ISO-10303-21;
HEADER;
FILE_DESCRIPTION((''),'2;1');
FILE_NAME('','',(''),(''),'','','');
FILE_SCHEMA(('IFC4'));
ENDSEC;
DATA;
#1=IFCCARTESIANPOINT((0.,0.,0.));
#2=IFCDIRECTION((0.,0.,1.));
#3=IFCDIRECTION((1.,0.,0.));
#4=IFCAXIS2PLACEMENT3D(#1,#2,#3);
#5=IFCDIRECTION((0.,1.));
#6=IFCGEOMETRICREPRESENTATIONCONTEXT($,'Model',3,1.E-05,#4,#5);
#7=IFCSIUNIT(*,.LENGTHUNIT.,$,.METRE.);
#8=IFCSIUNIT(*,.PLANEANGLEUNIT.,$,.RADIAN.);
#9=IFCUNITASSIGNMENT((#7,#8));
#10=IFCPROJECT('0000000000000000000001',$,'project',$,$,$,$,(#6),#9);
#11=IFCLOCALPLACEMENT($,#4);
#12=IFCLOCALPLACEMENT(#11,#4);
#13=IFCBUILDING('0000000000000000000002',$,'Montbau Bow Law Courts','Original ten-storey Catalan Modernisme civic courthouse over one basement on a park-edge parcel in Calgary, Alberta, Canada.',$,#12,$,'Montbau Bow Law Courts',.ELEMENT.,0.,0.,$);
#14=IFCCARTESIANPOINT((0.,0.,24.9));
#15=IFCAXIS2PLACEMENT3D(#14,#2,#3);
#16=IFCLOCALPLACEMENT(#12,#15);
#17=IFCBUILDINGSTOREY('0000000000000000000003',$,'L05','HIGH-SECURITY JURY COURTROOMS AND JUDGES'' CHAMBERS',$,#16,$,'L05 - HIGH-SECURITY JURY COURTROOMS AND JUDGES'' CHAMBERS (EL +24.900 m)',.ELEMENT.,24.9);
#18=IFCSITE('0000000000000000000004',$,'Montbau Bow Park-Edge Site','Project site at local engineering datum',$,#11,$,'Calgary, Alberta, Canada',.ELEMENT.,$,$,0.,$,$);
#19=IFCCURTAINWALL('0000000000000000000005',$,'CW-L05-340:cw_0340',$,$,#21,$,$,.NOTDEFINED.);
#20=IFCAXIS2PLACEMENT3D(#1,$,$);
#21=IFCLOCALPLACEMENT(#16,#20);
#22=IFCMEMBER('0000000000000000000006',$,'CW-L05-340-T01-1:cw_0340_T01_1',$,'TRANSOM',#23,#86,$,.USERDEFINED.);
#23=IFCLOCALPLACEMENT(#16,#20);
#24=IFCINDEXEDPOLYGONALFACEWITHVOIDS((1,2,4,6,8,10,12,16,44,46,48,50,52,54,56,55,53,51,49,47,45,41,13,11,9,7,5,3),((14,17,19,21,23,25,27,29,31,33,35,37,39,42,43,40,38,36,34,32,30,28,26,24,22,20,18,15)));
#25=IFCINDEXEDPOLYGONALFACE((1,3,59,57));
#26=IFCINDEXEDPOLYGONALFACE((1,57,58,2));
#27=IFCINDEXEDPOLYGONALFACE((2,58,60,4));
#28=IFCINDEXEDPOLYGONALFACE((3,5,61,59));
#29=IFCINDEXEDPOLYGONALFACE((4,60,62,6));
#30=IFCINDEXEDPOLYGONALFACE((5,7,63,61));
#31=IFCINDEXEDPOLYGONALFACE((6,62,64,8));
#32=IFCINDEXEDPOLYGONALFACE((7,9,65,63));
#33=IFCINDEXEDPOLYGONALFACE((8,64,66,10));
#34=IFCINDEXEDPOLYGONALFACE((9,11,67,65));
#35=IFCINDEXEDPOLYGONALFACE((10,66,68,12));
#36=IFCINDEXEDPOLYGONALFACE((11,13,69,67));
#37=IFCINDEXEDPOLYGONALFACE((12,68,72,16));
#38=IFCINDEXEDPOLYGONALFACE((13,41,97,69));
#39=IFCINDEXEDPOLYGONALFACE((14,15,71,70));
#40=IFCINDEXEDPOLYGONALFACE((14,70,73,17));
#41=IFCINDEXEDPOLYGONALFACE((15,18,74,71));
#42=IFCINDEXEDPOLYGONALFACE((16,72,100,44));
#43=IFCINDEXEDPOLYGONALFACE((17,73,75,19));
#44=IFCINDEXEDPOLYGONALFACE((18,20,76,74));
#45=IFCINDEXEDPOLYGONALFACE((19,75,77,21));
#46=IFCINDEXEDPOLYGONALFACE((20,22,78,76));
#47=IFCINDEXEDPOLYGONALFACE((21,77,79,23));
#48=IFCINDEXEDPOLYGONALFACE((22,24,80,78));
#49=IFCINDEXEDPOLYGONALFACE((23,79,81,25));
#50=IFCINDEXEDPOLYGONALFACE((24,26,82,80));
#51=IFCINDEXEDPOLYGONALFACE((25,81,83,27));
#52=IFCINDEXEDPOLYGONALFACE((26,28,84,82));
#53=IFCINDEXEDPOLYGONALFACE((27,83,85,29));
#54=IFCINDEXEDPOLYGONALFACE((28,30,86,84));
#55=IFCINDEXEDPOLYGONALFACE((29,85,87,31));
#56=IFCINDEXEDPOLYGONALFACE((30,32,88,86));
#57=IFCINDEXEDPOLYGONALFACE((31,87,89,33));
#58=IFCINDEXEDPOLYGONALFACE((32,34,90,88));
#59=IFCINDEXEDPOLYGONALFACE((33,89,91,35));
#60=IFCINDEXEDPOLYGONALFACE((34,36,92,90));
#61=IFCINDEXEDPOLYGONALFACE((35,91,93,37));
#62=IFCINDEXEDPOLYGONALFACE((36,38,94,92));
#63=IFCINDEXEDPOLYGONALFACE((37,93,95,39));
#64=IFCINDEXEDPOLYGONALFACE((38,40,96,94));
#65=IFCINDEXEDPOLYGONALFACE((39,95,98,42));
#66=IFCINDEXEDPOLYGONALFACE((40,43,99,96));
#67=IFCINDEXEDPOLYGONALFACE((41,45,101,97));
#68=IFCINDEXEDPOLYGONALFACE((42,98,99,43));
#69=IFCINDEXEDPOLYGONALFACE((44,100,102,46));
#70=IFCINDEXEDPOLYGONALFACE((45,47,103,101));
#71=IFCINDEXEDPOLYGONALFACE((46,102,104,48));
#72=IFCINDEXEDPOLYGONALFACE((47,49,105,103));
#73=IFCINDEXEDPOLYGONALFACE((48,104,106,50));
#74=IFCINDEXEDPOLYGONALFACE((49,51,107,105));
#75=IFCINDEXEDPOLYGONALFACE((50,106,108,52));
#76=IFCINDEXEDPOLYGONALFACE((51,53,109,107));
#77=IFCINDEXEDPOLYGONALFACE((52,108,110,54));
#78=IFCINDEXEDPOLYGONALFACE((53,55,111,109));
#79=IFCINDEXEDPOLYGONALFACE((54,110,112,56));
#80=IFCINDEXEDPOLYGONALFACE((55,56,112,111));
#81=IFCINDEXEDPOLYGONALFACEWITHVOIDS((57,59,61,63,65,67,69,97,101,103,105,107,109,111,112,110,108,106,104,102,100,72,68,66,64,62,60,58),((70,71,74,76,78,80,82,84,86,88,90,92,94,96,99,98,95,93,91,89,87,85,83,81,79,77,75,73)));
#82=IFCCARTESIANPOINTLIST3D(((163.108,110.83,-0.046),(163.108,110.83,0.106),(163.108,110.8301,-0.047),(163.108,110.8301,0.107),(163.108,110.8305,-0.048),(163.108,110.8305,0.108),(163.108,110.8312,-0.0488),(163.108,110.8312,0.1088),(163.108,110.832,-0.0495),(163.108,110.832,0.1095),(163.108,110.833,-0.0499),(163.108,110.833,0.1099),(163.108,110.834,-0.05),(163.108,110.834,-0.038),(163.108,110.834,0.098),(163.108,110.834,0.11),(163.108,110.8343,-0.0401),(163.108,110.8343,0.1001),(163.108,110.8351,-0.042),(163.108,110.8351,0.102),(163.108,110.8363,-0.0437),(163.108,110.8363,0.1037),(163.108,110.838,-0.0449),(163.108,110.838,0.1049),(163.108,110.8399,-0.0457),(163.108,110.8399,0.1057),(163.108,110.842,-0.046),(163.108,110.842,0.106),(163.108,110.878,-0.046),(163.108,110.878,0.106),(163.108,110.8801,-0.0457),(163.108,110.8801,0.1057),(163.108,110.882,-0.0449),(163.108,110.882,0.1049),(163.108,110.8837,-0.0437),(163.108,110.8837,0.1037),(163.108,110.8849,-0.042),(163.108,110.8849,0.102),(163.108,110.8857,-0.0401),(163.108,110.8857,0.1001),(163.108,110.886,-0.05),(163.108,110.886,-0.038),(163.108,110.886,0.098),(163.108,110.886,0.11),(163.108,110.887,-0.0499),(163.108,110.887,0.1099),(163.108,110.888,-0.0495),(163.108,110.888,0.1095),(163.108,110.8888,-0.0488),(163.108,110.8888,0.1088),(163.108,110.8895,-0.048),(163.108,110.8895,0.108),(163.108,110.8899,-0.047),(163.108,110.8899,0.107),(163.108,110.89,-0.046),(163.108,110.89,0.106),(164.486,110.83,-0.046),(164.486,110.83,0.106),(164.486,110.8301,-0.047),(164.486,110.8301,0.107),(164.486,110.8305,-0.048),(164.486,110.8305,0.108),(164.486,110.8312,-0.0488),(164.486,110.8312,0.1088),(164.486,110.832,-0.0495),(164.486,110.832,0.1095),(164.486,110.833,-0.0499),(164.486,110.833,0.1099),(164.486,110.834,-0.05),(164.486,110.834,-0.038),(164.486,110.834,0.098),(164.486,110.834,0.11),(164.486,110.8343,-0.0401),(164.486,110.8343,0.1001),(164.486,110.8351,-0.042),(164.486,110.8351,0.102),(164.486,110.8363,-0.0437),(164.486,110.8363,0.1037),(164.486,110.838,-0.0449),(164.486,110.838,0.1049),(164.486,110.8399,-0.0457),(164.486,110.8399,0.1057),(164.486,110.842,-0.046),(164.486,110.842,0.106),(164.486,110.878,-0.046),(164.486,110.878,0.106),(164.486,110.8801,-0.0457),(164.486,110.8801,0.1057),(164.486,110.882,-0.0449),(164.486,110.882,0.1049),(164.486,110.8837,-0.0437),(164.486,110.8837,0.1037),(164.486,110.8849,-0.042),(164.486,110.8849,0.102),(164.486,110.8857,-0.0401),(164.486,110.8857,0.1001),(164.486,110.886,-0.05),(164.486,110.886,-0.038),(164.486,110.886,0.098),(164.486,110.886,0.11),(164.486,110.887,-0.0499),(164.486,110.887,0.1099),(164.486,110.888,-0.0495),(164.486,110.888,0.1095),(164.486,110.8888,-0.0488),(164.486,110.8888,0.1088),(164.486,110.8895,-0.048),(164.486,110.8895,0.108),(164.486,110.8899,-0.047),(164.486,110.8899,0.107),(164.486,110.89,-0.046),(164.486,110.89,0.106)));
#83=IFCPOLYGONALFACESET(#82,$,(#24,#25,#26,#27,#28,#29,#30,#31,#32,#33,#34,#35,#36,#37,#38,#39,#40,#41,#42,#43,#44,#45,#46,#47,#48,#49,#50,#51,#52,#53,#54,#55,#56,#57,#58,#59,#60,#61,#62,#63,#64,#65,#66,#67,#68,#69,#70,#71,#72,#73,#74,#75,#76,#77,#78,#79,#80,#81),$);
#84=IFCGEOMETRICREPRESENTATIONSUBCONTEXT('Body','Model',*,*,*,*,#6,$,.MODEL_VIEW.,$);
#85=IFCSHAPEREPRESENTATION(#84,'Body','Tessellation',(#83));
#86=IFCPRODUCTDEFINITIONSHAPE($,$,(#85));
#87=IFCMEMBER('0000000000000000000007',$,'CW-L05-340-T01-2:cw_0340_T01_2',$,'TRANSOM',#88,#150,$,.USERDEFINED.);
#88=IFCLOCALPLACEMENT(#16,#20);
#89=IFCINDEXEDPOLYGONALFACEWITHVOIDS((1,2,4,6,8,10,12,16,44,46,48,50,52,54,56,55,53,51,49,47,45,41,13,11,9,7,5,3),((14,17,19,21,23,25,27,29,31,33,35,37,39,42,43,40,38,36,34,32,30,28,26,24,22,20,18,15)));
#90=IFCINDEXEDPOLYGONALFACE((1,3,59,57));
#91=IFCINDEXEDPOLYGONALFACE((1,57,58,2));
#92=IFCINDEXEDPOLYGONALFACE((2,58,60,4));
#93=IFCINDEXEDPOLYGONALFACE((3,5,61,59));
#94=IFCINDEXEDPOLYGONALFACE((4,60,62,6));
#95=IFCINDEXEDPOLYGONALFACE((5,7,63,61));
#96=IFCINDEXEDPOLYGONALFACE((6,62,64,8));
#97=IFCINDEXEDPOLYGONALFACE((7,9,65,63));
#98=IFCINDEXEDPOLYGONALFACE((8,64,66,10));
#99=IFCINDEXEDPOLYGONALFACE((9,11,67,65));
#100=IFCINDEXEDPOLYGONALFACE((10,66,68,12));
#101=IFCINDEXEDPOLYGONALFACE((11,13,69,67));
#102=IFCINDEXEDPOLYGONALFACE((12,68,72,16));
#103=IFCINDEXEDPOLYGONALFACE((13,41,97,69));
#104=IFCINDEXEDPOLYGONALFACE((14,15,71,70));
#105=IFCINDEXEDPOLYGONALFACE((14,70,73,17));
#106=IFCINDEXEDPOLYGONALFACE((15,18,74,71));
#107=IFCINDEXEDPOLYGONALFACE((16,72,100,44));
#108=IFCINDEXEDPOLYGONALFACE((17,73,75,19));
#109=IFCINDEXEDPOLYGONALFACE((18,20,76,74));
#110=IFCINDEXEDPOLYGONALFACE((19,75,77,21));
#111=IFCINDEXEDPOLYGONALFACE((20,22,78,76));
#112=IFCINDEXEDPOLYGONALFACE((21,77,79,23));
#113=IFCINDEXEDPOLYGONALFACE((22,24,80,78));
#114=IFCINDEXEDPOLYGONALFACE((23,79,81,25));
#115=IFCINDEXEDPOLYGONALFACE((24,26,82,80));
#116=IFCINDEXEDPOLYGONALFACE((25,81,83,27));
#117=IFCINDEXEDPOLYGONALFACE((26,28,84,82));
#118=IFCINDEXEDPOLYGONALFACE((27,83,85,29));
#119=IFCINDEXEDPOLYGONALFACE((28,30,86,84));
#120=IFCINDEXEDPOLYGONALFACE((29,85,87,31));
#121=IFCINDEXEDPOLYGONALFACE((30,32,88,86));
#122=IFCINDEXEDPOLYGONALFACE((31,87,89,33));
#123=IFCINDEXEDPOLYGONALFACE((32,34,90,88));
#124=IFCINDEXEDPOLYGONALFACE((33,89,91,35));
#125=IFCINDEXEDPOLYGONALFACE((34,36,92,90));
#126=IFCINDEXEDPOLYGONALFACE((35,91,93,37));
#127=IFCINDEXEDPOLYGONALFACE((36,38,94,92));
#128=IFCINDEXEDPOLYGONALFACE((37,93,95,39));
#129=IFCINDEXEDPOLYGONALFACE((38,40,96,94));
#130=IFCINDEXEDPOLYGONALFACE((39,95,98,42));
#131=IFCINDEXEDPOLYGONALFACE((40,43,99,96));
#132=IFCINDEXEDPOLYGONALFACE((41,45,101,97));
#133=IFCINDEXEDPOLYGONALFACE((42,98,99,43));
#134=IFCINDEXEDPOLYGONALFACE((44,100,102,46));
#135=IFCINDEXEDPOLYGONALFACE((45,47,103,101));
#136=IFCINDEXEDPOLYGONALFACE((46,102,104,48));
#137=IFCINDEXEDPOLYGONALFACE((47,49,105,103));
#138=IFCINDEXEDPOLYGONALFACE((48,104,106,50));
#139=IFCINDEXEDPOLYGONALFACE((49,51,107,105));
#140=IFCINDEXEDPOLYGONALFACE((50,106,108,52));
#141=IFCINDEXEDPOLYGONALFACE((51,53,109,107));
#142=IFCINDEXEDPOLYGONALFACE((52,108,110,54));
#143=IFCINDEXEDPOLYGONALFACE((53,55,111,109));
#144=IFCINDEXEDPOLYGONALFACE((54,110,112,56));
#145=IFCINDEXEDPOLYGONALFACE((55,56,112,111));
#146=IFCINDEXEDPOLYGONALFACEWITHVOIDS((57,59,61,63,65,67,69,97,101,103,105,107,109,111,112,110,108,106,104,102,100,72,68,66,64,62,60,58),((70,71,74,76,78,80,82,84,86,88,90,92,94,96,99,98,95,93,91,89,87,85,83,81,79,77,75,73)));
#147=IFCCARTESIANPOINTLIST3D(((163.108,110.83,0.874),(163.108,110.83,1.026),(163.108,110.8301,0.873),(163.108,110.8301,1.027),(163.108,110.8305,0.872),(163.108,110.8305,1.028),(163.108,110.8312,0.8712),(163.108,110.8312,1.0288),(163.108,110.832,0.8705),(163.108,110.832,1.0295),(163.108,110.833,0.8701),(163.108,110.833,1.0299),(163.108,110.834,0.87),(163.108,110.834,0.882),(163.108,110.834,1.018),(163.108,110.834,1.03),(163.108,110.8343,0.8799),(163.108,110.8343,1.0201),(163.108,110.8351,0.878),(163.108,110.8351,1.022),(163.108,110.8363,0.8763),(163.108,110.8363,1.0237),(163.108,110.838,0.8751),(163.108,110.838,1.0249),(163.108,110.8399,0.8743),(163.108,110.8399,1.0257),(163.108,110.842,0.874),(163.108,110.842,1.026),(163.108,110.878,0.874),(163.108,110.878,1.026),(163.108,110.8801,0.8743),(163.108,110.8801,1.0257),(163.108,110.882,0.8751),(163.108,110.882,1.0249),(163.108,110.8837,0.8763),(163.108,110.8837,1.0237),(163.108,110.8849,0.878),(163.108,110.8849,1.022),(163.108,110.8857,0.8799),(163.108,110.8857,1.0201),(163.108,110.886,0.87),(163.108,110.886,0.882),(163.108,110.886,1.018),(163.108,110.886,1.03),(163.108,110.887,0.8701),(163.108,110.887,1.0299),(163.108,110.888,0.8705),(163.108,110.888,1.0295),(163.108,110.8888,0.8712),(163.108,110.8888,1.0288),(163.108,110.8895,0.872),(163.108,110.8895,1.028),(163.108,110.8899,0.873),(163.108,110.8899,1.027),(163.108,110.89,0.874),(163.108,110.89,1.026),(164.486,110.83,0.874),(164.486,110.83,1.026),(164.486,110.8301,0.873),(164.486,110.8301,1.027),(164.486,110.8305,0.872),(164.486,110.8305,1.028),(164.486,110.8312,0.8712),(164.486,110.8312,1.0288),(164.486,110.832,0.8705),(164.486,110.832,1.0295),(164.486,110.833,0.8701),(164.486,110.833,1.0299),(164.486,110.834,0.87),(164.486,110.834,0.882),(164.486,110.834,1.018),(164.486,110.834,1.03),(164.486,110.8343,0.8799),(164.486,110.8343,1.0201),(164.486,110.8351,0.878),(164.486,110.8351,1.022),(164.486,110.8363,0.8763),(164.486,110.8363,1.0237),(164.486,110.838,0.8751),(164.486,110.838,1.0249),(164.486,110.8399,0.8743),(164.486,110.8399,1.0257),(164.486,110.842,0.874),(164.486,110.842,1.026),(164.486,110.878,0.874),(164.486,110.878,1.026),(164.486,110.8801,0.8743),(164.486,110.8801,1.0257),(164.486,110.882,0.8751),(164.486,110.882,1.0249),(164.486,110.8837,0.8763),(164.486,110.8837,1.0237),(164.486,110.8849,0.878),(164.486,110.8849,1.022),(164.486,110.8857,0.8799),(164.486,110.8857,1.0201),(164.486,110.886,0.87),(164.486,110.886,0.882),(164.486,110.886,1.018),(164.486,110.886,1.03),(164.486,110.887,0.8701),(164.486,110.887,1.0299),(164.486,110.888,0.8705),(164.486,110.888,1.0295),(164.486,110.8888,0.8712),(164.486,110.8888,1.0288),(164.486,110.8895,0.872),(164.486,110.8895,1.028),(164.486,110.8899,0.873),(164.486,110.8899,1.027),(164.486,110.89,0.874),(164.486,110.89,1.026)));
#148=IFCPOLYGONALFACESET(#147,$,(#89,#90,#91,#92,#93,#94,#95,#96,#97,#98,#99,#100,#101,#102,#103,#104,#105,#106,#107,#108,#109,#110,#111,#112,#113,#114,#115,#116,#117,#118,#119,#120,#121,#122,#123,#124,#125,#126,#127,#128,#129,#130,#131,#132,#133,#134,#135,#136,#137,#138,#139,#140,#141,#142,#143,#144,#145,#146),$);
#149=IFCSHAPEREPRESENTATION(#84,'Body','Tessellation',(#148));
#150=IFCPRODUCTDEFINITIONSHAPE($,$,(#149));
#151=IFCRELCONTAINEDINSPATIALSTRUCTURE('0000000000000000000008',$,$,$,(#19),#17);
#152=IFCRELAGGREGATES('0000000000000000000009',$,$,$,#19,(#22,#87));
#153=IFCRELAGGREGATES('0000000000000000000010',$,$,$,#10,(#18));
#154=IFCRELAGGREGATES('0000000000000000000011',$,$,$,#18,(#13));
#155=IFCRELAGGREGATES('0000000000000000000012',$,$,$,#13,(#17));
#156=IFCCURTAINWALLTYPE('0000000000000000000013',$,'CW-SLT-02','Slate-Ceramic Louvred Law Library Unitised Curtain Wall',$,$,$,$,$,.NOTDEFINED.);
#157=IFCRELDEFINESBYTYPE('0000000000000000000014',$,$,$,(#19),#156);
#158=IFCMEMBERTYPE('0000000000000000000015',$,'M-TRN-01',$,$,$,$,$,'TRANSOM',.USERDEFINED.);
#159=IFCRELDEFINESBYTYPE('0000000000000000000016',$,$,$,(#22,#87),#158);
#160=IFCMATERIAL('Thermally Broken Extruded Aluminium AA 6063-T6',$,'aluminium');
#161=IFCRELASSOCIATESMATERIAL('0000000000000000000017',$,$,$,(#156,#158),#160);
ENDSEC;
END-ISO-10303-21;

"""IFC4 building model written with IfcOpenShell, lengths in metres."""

from ifc_helpers import new_model, si_unit, direction, frame, origin_with_axes, origin_2d_with_axis, place, context, subcontext, project, spatial, hollow_rectangle, extrude, material, material_profile, profile_set, type_object, element, aggregate, save


model = new_model("IFC4")

# Units and contexts
model_context = context("Model", 3, precision=1e-05, world=origin_with_axes(), true_north=direction((0.0, 1.0)))
body_context = subcontext(model_context, "Body", "Model", "MODEL_VIEW")
ifc_project = project(units=[si_unit("LENGTHUNIT", "METRE"), si_unit("PLANEANGLEUNIT", "RADIAN")], contexts=[model_context])

# Site, building, storey
site_placement = place(None, origin_with_axes())
site = spatial("IfcSite", under=ifc_project, at=site_placement, Name="Montbau Bow Park-Edge Site", Description="Project site at local engineering datum", LongName="Calgary, Alberta, Canada", CompositionType="ELEMENT", RefElevation=0.0)
building_placement = place(site_placement, origin_with_axes())
building = spatial("IfcBuilding", under=site, at=building_placement, Name="Montbau Bow Law Courts", Description="Original ten-storey Catalan Modernisme civic courthouse over one basement on a park-edge parcel in Calgary, Alberta, Canada.", LongName="Montbau Bow Law Courts", CompositionType="ELEMENT", ElevationOfRefHeight=0.0, ElevationOfTerrain=0.0)
storey_placement = place(building_placement, frame((0.0, 0.0, 24.9), z_axis=(0.0, 0.0, 1.0), x_axis=(1.0, 0.0, 0.0)))
storey = spatial("IfcBuildingStorey", under=building, at=storey_placement, Name="L05", Description="HIGH-SECURITY JURY COURTROOMS AND JUDGES' CHAMBERS", LongName="L05 - HIGH-SECURITY JURY COURTROOMS AND JUDGES' CHAMBERS (EL +24.900 m)", CompositionType="ELEMENT", Elevation=24.9)

# Curtain wall, members
ifc_material_1 = material(Name="Thermally Broken Extruded Aluminium AA 6063-T6", Category="aluminium")
curtain_wall_type = type_object("IfcCurtainWallType", Name="CW-SLT-02", Description="Slate-Ceramic Louvred Law Library Unitised Curtain Wall", PredefinedType="NOTDEFINED", material=ifc_material_1)
curtain_wall_placement = place(None, frame((163.04, 110.86, 24.9), z_axis=(0.0, 0.0, 1.0), x_axis=(1.0, 0.0, 0.0)))
curtain_wall = element("IfcCurtainWall", 1, at=curtain_wall_placement, inside=storey, type_object=curtain_wall_type, Name="CW-L05-340:cw_0340", PredefinedType="NOTDEFINED")
ifc_material_profile_1 = material_profile(ifc_material_1, hollow_rectangle(XDim=0.06, YDim=0.16, WallThickness=0.004, InnerFilletRadius=0.008, OuterFilletRadius=0.004, at=origin_2d_with_axis()), Name="CWT-160X60", Category="Main", Priority=0)
ifc_profile_set_1 = profile_set([ifc_material_profile_1], Name="Thermally Broken Extruded Aluminium AA 6063-T6")
member_type_1 = type_object("IfcMemberType", Name="M-TRN-01", ElementType="TRANSOM", PredefinedType="USERDEFINED", material=ifc_profile_set_1)
member_1_placement = place(None, frame((163.108, 110.86, 24.93), z_axis=(1.0, 0.0, 0.0), x_axis=(0.0, 1.0, 0.0)))
member_1 = element("IfcMember", 2, at=member_1_placement, type_object=member_type_1, Name="CW-L05-340-T01-1:cw_0340_T01_1", ObjectType="TRANSOM", PredefinedType="USERDEFINED", context=body_context, shape_type="SweptSolid", body=[
    extrude(hollow_rectangle(XDim=0.06, YDim=0.16, WallThickness=0.004, InnerFilletRadius=0.008, OuterFilletRadius=0.004, at=origin_2d_with_axis()), origin_with_axes(), (0.0, 0.0, 1.0), 1.378),
])
member_2_placement = place(None, frame((163.108, 110.86, 25.85), z_axis=(1.0, 0.0, 0.0), x_axis=(0.0, 1.0, 0.0)))
member_2 = element("IfcMember", 3, at=member_2_placement, type_object=member_type_1, Name="CW-L05-340-T01-2:cw_0340_T01_2", ObjectType="TRANSOM", PredefinedType="USERDEFINED", context=body_context, shape_type="SweptSolid", body=[
    extrude(hollow_rectangle(XDim=0.06, YDim=0.16, WallThickness=0.004, InnerFilletRadius=0.008, OuterFilletRadius=0.004, at=origin_2d_with_axis()), origin_with_axes(), (0.0, 0.0, 1.0), 1.378),
])
aggregate(curtain_wall, [member_1, member_2])

save(model, "model.ifc")
